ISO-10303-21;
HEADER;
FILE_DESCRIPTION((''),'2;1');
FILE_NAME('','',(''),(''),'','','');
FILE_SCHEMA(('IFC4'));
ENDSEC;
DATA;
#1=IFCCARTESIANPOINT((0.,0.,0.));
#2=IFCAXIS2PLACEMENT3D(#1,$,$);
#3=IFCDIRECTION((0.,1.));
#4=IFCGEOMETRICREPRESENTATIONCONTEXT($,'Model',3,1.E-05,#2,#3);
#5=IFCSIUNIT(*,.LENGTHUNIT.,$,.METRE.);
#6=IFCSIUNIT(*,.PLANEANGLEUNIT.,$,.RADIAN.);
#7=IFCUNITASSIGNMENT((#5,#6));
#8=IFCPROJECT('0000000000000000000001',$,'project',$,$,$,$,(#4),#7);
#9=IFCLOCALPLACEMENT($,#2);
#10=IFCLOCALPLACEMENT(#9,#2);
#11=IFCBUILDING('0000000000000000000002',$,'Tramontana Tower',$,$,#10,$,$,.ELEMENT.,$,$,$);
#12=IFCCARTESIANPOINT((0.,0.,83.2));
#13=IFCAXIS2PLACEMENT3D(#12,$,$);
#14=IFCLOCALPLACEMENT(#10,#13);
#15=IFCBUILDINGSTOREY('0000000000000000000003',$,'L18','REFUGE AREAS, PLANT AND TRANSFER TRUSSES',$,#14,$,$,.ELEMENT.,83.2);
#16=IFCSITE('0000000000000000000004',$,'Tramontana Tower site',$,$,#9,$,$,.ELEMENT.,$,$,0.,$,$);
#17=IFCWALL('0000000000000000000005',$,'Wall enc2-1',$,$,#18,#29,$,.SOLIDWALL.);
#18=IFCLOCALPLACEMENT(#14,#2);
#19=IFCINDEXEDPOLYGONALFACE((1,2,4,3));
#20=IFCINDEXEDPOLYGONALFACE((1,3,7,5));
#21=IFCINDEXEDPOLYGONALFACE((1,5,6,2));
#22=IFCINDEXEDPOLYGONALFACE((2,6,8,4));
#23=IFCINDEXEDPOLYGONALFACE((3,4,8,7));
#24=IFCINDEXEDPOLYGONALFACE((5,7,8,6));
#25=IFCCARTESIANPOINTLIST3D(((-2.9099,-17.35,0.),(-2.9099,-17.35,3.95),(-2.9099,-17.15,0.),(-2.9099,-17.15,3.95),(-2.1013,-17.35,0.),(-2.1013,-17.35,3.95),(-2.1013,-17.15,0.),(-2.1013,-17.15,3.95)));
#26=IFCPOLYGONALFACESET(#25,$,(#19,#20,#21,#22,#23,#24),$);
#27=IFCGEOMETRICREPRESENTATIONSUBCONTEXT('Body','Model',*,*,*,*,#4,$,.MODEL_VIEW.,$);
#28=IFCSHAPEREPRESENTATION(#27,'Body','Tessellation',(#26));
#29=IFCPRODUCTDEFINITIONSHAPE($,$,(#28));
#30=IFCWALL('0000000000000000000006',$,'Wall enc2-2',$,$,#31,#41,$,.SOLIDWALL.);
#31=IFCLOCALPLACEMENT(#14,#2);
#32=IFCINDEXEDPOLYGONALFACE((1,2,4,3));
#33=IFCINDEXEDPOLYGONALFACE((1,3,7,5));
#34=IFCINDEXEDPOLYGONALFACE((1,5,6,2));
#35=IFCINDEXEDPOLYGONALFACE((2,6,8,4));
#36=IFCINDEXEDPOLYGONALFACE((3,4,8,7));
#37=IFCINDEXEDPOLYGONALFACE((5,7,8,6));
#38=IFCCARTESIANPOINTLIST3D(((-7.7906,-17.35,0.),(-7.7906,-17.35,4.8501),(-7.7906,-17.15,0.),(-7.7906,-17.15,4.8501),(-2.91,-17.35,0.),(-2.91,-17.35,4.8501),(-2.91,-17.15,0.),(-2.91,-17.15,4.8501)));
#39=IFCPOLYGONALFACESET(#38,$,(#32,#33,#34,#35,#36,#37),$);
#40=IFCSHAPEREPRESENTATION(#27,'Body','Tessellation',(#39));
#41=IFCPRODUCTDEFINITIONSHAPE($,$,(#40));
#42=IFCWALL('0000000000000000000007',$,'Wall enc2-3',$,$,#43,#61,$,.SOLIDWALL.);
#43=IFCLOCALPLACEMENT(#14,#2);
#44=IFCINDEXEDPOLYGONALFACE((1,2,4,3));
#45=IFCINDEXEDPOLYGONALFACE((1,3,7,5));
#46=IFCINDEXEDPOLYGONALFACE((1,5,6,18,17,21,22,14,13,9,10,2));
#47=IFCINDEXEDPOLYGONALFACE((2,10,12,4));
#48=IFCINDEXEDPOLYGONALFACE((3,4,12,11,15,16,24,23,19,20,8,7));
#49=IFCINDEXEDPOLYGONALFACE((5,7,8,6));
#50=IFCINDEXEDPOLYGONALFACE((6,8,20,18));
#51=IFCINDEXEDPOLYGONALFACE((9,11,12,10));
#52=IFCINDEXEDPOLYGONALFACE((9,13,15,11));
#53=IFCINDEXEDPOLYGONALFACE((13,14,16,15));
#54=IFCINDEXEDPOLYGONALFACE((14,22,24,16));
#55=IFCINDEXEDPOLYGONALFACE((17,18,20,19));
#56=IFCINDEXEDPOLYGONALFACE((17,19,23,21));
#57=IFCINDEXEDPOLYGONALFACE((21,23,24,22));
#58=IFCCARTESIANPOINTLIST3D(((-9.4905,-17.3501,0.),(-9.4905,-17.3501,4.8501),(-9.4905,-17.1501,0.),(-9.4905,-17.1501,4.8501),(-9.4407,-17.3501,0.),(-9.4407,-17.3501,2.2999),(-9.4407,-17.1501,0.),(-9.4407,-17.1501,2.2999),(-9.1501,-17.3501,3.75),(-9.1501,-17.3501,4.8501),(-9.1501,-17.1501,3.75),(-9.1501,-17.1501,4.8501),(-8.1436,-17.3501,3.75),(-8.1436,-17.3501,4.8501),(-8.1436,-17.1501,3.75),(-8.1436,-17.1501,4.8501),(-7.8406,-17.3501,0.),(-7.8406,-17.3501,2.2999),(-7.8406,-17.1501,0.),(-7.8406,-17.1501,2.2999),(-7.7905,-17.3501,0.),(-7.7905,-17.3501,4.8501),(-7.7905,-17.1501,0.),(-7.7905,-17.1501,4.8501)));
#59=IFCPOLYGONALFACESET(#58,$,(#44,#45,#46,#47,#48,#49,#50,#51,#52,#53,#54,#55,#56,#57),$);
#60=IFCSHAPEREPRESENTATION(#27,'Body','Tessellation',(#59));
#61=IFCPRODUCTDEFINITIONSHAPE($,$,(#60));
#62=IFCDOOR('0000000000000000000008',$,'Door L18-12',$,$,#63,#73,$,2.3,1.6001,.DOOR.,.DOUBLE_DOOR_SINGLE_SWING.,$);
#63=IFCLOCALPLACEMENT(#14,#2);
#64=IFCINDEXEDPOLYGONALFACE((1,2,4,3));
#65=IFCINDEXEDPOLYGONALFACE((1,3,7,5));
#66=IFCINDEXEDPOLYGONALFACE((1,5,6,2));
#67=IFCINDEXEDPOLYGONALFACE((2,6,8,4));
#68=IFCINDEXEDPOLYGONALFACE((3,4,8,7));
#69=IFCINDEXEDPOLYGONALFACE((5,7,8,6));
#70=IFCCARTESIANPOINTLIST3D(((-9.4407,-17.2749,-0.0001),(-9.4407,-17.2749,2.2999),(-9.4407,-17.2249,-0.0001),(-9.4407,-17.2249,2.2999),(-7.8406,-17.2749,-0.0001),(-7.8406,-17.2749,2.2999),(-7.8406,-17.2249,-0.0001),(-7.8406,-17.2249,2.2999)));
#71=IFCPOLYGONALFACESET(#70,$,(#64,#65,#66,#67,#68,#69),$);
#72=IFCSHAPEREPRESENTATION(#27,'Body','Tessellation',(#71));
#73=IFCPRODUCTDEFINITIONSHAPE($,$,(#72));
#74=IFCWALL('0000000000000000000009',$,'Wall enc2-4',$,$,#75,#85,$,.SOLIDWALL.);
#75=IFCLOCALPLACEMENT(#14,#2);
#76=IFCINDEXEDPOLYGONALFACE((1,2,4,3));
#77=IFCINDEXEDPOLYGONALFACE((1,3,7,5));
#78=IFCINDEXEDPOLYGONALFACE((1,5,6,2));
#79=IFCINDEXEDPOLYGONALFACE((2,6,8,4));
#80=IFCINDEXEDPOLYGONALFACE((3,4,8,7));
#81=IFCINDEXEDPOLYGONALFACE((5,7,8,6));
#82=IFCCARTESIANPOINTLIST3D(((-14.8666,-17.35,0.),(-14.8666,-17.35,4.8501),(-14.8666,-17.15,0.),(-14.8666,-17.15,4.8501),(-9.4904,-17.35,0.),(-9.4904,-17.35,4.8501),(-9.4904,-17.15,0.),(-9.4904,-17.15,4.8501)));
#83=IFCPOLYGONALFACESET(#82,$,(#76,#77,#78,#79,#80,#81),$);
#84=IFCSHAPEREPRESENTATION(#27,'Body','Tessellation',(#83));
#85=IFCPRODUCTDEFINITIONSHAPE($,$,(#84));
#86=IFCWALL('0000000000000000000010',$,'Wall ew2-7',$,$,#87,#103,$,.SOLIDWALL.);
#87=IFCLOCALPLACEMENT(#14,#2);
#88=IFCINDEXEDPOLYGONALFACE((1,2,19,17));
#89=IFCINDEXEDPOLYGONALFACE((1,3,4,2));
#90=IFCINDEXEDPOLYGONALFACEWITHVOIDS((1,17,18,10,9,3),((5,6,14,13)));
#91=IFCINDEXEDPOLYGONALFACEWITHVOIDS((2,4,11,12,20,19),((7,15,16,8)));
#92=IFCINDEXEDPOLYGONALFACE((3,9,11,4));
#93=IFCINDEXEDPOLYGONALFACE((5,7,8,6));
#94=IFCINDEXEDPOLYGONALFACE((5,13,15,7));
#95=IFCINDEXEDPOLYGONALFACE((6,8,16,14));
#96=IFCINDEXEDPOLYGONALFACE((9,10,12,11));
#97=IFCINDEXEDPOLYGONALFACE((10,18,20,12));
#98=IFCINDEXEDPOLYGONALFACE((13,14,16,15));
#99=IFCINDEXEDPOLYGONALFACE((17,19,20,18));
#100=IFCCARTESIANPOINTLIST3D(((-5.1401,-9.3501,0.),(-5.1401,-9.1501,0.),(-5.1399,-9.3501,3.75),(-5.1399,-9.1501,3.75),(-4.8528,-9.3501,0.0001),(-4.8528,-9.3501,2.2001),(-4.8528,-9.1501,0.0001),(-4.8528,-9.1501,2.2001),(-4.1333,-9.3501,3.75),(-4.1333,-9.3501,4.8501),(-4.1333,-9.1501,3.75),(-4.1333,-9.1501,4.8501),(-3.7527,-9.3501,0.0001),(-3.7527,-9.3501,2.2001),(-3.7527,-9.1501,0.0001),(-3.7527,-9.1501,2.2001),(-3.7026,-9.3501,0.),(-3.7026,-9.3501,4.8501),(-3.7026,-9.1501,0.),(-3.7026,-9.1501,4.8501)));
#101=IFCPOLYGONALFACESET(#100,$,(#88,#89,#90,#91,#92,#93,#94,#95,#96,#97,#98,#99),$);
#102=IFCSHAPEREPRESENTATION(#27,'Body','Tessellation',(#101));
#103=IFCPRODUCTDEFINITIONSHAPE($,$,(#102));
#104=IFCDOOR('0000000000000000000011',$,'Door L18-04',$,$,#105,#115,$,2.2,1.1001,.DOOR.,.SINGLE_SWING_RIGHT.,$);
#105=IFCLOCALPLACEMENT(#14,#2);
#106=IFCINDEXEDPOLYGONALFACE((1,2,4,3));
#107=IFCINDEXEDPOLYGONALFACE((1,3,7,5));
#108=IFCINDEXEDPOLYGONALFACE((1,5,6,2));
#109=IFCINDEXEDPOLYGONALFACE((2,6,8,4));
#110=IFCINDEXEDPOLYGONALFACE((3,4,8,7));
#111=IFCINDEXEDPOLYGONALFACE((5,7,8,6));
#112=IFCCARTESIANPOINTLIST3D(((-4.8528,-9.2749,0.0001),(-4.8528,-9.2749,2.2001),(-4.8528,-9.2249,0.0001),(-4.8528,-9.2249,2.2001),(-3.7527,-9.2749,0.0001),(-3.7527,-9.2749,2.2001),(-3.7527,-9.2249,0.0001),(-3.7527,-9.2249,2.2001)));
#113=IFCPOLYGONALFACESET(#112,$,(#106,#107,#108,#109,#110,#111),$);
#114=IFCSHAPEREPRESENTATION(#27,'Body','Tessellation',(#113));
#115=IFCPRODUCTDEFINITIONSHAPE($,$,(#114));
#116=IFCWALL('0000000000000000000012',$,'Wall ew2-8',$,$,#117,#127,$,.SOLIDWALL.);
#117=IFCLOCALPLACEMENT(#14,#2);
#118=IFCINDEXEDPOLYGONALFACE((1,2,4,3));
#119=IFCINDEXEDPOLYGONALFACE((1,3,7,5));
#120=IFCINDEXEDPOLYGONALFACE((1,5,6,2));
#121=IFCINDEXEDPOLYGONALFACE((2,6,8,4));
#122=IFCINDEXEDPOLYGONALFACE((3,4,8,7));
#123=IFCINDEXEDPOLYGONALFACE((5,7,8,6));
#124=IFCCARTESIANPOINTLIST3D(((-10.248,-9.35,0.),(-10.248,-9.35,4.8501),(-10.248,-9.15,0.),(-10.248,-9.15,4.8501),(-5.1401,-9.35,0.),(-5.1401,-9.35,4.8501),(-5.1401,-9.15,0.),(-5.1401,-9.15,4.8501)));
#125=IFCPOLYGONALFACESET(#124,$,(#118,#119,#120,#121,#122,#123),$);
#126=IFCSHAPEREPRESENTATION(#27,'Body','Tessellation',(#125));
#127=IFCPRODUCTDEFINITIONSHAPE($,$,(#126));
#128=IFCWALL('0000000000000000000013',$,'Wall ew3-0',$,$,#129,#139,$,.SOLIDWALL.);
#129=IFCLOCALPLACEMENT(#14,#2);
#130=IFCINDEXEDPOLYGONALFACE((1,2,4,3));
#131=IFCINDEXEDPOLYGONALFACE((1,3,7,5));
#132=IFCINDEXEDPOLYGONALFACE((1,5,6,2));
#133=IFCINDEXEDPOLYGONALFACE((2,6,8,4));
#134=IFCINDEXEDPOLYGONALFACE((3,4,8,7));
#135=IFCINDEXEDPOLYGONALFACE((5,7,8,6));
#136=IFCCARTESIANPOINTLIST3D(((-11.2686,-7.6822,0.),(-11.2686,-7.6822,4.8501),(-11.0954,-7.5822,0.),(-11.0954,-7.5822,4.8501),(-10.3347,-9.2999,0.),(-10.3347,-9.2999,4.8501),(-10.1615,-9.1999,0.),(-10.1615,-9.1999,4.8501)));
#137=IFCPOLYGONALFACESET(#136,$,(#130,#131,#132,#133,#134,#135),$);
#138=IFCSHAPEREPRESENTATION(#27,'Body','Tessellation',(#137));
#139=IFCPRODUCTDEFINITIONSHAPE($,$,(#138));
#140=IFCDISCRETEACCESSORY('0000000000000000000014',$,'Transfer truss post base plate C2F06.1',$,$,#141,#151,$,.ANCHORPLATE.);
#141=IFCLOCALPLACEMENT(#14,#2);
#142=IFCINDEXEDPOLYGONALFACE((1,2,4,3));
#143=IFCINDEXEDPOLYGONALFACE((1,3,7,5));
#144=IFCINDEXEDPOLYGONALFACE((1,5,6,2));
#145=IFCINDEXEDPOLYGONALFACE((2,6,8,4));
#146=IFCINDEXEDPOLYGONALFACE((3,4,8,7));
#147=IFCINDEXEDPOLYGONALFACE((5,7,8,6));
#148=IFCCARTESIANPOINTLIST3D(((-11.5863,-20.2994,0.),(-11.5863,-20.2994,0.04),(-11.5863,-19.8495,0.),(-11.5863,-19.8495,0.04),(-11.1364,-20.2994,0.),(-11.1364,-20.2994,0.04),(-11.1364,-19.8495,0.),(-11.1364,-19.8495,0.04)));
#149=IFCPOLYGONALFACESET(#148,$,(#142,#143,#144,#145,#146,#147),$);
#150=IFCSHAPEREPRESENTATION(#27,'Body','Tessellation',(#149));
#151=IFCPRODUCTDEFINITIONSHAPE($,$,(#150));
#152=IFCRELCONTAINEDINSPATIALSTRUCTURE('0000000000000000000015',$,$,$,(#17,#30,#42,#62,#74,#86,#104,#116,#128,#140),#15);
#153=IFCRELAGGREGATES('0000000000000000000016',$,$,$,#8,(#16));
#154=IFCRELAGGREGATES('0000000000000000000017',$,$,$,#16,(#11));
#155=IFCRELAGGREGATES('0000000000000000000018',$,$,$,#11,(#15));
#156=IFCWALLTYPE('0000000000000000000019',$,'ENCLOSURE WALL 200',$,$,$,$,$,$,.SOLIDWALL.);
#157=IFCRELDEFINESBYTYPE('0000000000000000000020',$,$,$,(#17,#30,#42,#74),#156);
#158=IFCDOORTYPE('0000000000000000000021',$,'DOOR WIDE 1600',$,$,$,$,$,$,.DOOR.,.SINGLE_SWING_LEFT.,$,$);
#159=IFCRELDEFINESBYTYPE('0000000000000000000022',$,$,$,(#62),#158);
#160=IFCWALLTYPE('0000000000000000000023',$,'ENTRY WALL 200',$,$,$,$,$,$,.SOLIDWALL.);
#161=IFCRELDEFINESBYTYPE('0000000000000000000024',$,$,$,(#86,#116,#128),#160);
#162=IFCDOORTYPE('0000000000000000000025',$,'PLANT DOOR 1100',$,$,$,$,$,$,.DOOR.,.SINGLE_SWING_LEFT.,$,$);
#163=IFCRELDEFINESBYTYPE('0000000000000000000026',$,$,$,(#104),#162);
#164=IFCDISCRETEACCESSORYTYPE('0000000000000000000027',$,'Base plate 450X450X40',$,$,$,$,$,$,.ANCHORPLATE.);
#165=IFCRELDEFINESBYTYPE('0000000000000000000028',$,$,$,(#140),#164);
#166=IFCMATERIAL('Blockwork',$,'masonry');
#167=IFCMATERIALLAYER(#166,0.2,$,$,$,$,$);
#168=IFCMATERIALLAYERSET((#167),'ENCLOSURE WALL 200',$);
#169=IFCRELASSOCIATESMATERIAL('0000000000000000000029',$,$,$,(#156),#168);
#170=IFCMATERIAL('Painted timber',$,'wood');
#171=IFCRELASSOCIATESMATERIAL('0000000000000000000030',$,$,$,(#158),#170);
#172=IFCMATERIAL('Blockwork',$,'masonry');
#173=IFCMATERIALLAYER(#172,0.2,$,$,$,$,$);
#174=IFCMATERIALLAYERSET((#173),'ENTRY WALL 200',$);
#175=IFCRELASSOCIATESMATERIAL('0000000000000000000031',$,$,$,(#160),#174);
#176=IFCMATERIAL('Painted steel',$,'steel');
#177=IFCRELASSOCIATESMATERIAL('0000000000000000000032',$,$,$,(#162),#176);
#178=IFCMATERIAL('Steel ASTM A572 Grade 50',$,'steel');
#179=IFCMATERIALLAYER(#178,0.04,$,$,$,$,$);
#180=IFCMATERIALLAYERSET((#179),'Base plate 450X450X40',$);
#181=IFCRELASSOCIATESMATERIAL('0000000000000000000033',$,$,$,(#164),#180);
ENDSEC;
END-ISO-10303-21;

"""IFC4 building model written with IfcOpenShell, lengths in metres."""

from ifc_helpers import new_model, si_unit, direction, frame, frame_2d, origin, origin_2d, place, context, subcontext, project, spatial, polyline, rectangle, outline, extrude, material, layer, layer_set, type_object, element, fill, save


model = new_model("IFC4")

# Units and contexts
model_context = context("Model", 3, precision=1e-05, world=origin(), true_north=direction((0.0, 1.0)))
body_context = subcontext(model_context, "Body", "Model", "MODEL_VIEW")
ifc_project = project(units=[si_unit("LENGTHUNIT", "METRE"), si_unit("PLANEANGLEUNIT", "RADIAN")], contexts=[model_context])

# Site, building, storey
site_placement = place(None, origin())
site = spatial("IfcSite", under=ifc_project, at=site_placement, Name="Tramontana Tower site", CompositionType="ELEMENT", RefElevation=0.0)
building_placement = place(site_placement, origin())
building = spatial("IfcBuilding", under=site, at=building_placement, Name="Tramontana Tower", CompositionType="ELEMENT")
storey_placement = place(building_placement, frame((0.0, 0.0, 83.2)))
storey = spatial("IfcBuildingStorey", under=building, at=storey_placement, Name="L18", Description="REFUGE AREAS, PLANT AND TRANSFER TRUSSES", CompositionType="ELEMENT", Elevation=83.2)

# Walls
ifc_material_1 = material(Name="Blockwork", Category="masonry")
ifc_layer_1 = layer(ifc_material_1, 0.2)
ifc_layer_set_1 = layer_set([ifc_layer_1], Name="ENCLOSURE WALL 200")
wall_type_1 = type_object("IfcWallType", Name="ENCLOSURE WALL 200", PredefinedType="SOLIDWALL", material=ifc_layer_set_1)
wall_1_placement = place(storey_placement, frame((-2.1013, -17.25, 0.0), z_axis=(0.0, 0.0, 1.0), x_axis=(-1.0, 0.0, 0.0)))
element("IfcWall", 1, at=wall_1_placement, inside=storey, type_object=wall_type_1, Name="Wall enc2-1", PredefinedType="SOLIDWALL", context=body_context, shape_type="SweptSolid", body=[
    extrude(rectangle(XDim=0.8086, YDim=0.2, at=frame_2d((0.4043, 0.0))), origin(), (0.0, 0.0, 1.0), 3.95),
])
wall_2_placement = place(storey_placement, frame((-2.9099, -17.25, 0.0), z_axis=(0.0, 0.0, 1.0), x_axis=(-1.0, 0.0, 0.0)))
element("IfcWall", 2, at=wall_2_placement, inside=storey, type_object=wall_type_1, Name="Wall enc2-2", PredefinedType="SOLIDWALL", context=body_context, shape_type="SweptSolid", body=[
    extrude(rectangle(XDim=4.8806, YDim=0.2, at=frame_2d((2.4404, 0.0))), origin(), (0.0, 0.0, 1.0), 4.8501),
])

# Wall, opening, door
wall_3_placement = place(storey_placement, frame((-7.7905, -17.25, 0.0), z_axis=(0.0, 0.0, 1.0), x_axis=(-1.0, 0.0, 0.0)))
wall_3 = element("IfcWall", 3, at=wall_3_placement, inside=storey, type_object=wall_type_1, Name="Wall enc2-3", PredefinedType="SOLIDWALL", context=body_context, shape_type="SweptSolid", body=[
    extrude(outline(polyline([(0.0, 0.0), (1.7, 0.0), (1.7, 4.8501), (1.3596, 4.8501), (1.3596, 3.75), (0.353, 3.75), (0.353, 4.8501), (0.0, 4.8501), (0.0, 0.0)])), frame((0.0, 0.1001, 0.0), z_axis=(0.0, -1.0, 0.0), x_axis=(1.0, 0.0, 0.0)), (0.0, 0.0, 1.0), 0.2),
])
opening_1_placement = place(wall_3_placement, frame((0.05, 0.0, 0.0)))
opening_1 = element("IfcOpeningElement", 4, at=opening_1_placement, cuts=wall_3, PredefinedType="OPENING", context=body_context, shape_type="SweptSolid", body=[
    extrude(rectangle(XDim=1.6001, YDim=2.3, at=frame_2d((0.8, 1.1499))), frame((0.0, 0.1099, 0.0), z_axis=(0.0, -1.0, 0.0), x_axis=(1.0, 0.0, 0.0)), (0.0, 0.0, 1.0), 0.22),
])
ifc_material_2 = material(Name="Painted timber", Category="wood")
door_type_1 = type_object("IfcDoorType", Name="DOOR WIDE 1600", OperationType="SINGLE_SWING_LEFT", PredefinedType="DOOR", material=ifc_material_2)
door_1_placement = place(opening_1_placement, origin())
door_1 = element("IfcDoor", 5, at=door_1_placement, inside=storey, type_object=door_type_1, Name="Door L18-12", OperationType="DOUBLE_DOOR_SINGLE_SWING", OverallHeight=2.3, OverallWidth=1.6001, PredefinedType="DOOR", context=body_context, shape_type="SweptSolid", body=[
    extrude(rectangle(XDim=1.6001, YDim=2.3, at=frame_2d((0.8, 1.1499))), frame((0.0, 0.0249, 0.0), z_axis=(0.0, -1.0, 0.0), x_axis=(1.0, 0.0, 0.0)), (0.0, 0.0, 1.0), 0.05),
])
fill(opening_1, door_1)

# Wall
wall_4_placement = place(storey_placement, frame((-9.4905, -17.25, 0.0), z_axis=(0.0, 0.0, 1.0), x_axis=(-1.0, 0.0, 0.0)))
element("IfcWall", 6, at=wall_4_placement, inside=storey, type_object=wall_type_1, Name="Wall enc2-4", PredefinedType="SOLIDWALL", context=body_context, shape_type="SweptSolid", body=[
    extrude(rectangle(XDim=5.3762, YDim=0.2, at=frame_2d((2.688, 0.0))), origin(), (0.0, 0.0, 1.0), 4.8501),
])

# Wall, opening, door
ifc_material_3 = material(Name="Blockwork", Category="masonry")
ifc_layer_2 = layer(ifc_material_3, 0.2)
ifc_layer_set_2 = layer_set([ifc_layer_2], Name="ENTRY WALL 200")
wall_type_2 = type_object("IfcWallType", Name="ENTRY WALL 200", PredefinedType="SOLIDWALL", material=ifc_layer_set_2)
wall_5_placement = place(storey_placement, frame((-3.7026, -9.25, 0.0), z_axis=(0.0, 0.0, 1.0), x_axis=(-1.0, 0.0, 0.0)))
wall_5 = element("IfcWall", 7, at=wall_5_placement, inside=storey, type_object=wall_type_2, Name="Wall ew2-7", PredefinedType="SOLIDWALL", context=body_context, shape_type="SweptSolid", body=[
    extrude(outline(polyline([(0.0, 0.0), (1.4375, 0.0), (1.4373, 3.75), (0.4307, 3.75), (0.4307, 4.8501), (0.0, 4.8501), (0.0, 0.0)])), frame((0.0, 0.1001, 0.0), z_axis=(0.0, -1.0, 0.0), x_axis=(1.0, 0.0, 0.0)), (0.0, 0.0, 1.0), 0.2),
])
opening_2_placement = place(wall_5_placement, frame((0.05, 0.0, 0.0)))
opening_2 = element("IfcOpeningElement", 8, at=opening_2_placement, cuts=wall_5, PredefinedType="OPENING", context=body_context, shape_type="SweptSolid", body=[
    extrude(rectangle(XDim=1.1001, YDim=2.2, at=frame_2d((0.55, 1.1001))), frame((0.0, 0.1099, 0.0), z_axis=(0.0, -1.0, 0.0), x_axis=(1.0, 0.0, 0.0)), (0.0, 0.0, 1.0), 0.22),
])
ifc_material_4 = material(Name="Painted steel", Category="steel")
door_type_2 = type_object("IfcDoorType", Name="PLANT DOOR 1100", OperationType="SINGLE_SWING_LEFT", PredefinedType="DOOR", material=ifc_material_4)
door_2_placement = place(opening_2_placement, origin())
door_2 = element("IfcDoor", 9, at=door_2_placement, inside=storey, type_object=door_type_2, Name="Door L18-04", OperationType="SINGLE_SWING_RIGHT", OverallHeight=2.2, OverallWidth=1.1001, PredefinedType="DOOR", context=body_context, shape_type="SweptSolid", body=[
    extrude(rectangle(XDim=1.1001, YDim=2.2, at=frame_2d((0.55, 1.1001))), frame((0.0, 0.0249, 0.0), z_axis=(0.0, -1.0, 0.0), x_axis=(1.0, 0.0, 0.0)), (0.0, 0.0, 1.0), 0.05),
])
fill(opening_2, door_2)

# Walls
wall_6_placement = place(storey_placement, frame((-5.1401, -9.25, 0.0), z_axis=(0.0, 0.0, 1.0), x_axis=(-1.0, 0.0, 0.0)))
element("IfcWall", 10, at=wall_6_placement, inside=storey, type_object=wall_type_2, Name="Wall ew2-8", PredefinedType="SOLIDWALL", context=body_context, shape_type="SweptSolid", body=[
    extrude(rectangle(XDim=5.1079, YDim=0.2, at=frame_2d((2.554, 0.0))), origin(), (0.0, 0.0, 1.0), 4.8501),
])
wall_7_placement = place(storey_placement, frame((-10.248, -9.25, 0.0), z_axis=(0.0, 0.0, 1.0), x_axis=(-0.499949, 0.866055, 0.0)))
element("IfcWall", 11, at=wall_7_placement, inside=storey, type_object=wall_type_2, Name="Wall ew3-0", PredefinedType="SOLIDWALL", context=body_context, shape_type="SweptSolid", body=[
    extrude(rectangle(XDim=1.8679, YDim=0.2, at=frame_2d((0.9341, 0.0))), origin(), (0.0, 0.0, 1.0), 4.8501),
])

# Discrete accessory
ifc_material_5 = material(Name="Steel ASTM A572 Grade 50", Category="steel")
ifc_layer_3 = layer(ifc_material_5, 0.04)
ifc_layer_set_3 = layer_set([ifc_layer_3], Name="Base plate 450X450X40")
discrete_accessory_type = type_object("IfcDiscreteAccessoryType", Name="Base plate 450X450X40", PredefinedType="ANCHORPLATE", material=ifc_layer_set_3)
discrete_accessory_placement = place(storey_placement, frame((-11.3613, -20.0745, 0.0), z_axis=(0.0, 0.0, 1.0), x_axis=(1.0, 0.0, 0.0)))
element("IfcDiscreteAccessory", 12, at=discrete_accessory_placement, inside=storey, type_object=discrete_accessory_type, Name="Transfer truss post base plate C2F06.1", PredefinedType="ANCHORPLATE", context=body_context, shape_type="SweptSolid", body=[
    extrude(rectangle(XDim=0.45, YDim=0.45, at=origin_2d()), origin(), (0.0, 0.0, 1.0), 0.04),
])

save(model, "model.ifc")
